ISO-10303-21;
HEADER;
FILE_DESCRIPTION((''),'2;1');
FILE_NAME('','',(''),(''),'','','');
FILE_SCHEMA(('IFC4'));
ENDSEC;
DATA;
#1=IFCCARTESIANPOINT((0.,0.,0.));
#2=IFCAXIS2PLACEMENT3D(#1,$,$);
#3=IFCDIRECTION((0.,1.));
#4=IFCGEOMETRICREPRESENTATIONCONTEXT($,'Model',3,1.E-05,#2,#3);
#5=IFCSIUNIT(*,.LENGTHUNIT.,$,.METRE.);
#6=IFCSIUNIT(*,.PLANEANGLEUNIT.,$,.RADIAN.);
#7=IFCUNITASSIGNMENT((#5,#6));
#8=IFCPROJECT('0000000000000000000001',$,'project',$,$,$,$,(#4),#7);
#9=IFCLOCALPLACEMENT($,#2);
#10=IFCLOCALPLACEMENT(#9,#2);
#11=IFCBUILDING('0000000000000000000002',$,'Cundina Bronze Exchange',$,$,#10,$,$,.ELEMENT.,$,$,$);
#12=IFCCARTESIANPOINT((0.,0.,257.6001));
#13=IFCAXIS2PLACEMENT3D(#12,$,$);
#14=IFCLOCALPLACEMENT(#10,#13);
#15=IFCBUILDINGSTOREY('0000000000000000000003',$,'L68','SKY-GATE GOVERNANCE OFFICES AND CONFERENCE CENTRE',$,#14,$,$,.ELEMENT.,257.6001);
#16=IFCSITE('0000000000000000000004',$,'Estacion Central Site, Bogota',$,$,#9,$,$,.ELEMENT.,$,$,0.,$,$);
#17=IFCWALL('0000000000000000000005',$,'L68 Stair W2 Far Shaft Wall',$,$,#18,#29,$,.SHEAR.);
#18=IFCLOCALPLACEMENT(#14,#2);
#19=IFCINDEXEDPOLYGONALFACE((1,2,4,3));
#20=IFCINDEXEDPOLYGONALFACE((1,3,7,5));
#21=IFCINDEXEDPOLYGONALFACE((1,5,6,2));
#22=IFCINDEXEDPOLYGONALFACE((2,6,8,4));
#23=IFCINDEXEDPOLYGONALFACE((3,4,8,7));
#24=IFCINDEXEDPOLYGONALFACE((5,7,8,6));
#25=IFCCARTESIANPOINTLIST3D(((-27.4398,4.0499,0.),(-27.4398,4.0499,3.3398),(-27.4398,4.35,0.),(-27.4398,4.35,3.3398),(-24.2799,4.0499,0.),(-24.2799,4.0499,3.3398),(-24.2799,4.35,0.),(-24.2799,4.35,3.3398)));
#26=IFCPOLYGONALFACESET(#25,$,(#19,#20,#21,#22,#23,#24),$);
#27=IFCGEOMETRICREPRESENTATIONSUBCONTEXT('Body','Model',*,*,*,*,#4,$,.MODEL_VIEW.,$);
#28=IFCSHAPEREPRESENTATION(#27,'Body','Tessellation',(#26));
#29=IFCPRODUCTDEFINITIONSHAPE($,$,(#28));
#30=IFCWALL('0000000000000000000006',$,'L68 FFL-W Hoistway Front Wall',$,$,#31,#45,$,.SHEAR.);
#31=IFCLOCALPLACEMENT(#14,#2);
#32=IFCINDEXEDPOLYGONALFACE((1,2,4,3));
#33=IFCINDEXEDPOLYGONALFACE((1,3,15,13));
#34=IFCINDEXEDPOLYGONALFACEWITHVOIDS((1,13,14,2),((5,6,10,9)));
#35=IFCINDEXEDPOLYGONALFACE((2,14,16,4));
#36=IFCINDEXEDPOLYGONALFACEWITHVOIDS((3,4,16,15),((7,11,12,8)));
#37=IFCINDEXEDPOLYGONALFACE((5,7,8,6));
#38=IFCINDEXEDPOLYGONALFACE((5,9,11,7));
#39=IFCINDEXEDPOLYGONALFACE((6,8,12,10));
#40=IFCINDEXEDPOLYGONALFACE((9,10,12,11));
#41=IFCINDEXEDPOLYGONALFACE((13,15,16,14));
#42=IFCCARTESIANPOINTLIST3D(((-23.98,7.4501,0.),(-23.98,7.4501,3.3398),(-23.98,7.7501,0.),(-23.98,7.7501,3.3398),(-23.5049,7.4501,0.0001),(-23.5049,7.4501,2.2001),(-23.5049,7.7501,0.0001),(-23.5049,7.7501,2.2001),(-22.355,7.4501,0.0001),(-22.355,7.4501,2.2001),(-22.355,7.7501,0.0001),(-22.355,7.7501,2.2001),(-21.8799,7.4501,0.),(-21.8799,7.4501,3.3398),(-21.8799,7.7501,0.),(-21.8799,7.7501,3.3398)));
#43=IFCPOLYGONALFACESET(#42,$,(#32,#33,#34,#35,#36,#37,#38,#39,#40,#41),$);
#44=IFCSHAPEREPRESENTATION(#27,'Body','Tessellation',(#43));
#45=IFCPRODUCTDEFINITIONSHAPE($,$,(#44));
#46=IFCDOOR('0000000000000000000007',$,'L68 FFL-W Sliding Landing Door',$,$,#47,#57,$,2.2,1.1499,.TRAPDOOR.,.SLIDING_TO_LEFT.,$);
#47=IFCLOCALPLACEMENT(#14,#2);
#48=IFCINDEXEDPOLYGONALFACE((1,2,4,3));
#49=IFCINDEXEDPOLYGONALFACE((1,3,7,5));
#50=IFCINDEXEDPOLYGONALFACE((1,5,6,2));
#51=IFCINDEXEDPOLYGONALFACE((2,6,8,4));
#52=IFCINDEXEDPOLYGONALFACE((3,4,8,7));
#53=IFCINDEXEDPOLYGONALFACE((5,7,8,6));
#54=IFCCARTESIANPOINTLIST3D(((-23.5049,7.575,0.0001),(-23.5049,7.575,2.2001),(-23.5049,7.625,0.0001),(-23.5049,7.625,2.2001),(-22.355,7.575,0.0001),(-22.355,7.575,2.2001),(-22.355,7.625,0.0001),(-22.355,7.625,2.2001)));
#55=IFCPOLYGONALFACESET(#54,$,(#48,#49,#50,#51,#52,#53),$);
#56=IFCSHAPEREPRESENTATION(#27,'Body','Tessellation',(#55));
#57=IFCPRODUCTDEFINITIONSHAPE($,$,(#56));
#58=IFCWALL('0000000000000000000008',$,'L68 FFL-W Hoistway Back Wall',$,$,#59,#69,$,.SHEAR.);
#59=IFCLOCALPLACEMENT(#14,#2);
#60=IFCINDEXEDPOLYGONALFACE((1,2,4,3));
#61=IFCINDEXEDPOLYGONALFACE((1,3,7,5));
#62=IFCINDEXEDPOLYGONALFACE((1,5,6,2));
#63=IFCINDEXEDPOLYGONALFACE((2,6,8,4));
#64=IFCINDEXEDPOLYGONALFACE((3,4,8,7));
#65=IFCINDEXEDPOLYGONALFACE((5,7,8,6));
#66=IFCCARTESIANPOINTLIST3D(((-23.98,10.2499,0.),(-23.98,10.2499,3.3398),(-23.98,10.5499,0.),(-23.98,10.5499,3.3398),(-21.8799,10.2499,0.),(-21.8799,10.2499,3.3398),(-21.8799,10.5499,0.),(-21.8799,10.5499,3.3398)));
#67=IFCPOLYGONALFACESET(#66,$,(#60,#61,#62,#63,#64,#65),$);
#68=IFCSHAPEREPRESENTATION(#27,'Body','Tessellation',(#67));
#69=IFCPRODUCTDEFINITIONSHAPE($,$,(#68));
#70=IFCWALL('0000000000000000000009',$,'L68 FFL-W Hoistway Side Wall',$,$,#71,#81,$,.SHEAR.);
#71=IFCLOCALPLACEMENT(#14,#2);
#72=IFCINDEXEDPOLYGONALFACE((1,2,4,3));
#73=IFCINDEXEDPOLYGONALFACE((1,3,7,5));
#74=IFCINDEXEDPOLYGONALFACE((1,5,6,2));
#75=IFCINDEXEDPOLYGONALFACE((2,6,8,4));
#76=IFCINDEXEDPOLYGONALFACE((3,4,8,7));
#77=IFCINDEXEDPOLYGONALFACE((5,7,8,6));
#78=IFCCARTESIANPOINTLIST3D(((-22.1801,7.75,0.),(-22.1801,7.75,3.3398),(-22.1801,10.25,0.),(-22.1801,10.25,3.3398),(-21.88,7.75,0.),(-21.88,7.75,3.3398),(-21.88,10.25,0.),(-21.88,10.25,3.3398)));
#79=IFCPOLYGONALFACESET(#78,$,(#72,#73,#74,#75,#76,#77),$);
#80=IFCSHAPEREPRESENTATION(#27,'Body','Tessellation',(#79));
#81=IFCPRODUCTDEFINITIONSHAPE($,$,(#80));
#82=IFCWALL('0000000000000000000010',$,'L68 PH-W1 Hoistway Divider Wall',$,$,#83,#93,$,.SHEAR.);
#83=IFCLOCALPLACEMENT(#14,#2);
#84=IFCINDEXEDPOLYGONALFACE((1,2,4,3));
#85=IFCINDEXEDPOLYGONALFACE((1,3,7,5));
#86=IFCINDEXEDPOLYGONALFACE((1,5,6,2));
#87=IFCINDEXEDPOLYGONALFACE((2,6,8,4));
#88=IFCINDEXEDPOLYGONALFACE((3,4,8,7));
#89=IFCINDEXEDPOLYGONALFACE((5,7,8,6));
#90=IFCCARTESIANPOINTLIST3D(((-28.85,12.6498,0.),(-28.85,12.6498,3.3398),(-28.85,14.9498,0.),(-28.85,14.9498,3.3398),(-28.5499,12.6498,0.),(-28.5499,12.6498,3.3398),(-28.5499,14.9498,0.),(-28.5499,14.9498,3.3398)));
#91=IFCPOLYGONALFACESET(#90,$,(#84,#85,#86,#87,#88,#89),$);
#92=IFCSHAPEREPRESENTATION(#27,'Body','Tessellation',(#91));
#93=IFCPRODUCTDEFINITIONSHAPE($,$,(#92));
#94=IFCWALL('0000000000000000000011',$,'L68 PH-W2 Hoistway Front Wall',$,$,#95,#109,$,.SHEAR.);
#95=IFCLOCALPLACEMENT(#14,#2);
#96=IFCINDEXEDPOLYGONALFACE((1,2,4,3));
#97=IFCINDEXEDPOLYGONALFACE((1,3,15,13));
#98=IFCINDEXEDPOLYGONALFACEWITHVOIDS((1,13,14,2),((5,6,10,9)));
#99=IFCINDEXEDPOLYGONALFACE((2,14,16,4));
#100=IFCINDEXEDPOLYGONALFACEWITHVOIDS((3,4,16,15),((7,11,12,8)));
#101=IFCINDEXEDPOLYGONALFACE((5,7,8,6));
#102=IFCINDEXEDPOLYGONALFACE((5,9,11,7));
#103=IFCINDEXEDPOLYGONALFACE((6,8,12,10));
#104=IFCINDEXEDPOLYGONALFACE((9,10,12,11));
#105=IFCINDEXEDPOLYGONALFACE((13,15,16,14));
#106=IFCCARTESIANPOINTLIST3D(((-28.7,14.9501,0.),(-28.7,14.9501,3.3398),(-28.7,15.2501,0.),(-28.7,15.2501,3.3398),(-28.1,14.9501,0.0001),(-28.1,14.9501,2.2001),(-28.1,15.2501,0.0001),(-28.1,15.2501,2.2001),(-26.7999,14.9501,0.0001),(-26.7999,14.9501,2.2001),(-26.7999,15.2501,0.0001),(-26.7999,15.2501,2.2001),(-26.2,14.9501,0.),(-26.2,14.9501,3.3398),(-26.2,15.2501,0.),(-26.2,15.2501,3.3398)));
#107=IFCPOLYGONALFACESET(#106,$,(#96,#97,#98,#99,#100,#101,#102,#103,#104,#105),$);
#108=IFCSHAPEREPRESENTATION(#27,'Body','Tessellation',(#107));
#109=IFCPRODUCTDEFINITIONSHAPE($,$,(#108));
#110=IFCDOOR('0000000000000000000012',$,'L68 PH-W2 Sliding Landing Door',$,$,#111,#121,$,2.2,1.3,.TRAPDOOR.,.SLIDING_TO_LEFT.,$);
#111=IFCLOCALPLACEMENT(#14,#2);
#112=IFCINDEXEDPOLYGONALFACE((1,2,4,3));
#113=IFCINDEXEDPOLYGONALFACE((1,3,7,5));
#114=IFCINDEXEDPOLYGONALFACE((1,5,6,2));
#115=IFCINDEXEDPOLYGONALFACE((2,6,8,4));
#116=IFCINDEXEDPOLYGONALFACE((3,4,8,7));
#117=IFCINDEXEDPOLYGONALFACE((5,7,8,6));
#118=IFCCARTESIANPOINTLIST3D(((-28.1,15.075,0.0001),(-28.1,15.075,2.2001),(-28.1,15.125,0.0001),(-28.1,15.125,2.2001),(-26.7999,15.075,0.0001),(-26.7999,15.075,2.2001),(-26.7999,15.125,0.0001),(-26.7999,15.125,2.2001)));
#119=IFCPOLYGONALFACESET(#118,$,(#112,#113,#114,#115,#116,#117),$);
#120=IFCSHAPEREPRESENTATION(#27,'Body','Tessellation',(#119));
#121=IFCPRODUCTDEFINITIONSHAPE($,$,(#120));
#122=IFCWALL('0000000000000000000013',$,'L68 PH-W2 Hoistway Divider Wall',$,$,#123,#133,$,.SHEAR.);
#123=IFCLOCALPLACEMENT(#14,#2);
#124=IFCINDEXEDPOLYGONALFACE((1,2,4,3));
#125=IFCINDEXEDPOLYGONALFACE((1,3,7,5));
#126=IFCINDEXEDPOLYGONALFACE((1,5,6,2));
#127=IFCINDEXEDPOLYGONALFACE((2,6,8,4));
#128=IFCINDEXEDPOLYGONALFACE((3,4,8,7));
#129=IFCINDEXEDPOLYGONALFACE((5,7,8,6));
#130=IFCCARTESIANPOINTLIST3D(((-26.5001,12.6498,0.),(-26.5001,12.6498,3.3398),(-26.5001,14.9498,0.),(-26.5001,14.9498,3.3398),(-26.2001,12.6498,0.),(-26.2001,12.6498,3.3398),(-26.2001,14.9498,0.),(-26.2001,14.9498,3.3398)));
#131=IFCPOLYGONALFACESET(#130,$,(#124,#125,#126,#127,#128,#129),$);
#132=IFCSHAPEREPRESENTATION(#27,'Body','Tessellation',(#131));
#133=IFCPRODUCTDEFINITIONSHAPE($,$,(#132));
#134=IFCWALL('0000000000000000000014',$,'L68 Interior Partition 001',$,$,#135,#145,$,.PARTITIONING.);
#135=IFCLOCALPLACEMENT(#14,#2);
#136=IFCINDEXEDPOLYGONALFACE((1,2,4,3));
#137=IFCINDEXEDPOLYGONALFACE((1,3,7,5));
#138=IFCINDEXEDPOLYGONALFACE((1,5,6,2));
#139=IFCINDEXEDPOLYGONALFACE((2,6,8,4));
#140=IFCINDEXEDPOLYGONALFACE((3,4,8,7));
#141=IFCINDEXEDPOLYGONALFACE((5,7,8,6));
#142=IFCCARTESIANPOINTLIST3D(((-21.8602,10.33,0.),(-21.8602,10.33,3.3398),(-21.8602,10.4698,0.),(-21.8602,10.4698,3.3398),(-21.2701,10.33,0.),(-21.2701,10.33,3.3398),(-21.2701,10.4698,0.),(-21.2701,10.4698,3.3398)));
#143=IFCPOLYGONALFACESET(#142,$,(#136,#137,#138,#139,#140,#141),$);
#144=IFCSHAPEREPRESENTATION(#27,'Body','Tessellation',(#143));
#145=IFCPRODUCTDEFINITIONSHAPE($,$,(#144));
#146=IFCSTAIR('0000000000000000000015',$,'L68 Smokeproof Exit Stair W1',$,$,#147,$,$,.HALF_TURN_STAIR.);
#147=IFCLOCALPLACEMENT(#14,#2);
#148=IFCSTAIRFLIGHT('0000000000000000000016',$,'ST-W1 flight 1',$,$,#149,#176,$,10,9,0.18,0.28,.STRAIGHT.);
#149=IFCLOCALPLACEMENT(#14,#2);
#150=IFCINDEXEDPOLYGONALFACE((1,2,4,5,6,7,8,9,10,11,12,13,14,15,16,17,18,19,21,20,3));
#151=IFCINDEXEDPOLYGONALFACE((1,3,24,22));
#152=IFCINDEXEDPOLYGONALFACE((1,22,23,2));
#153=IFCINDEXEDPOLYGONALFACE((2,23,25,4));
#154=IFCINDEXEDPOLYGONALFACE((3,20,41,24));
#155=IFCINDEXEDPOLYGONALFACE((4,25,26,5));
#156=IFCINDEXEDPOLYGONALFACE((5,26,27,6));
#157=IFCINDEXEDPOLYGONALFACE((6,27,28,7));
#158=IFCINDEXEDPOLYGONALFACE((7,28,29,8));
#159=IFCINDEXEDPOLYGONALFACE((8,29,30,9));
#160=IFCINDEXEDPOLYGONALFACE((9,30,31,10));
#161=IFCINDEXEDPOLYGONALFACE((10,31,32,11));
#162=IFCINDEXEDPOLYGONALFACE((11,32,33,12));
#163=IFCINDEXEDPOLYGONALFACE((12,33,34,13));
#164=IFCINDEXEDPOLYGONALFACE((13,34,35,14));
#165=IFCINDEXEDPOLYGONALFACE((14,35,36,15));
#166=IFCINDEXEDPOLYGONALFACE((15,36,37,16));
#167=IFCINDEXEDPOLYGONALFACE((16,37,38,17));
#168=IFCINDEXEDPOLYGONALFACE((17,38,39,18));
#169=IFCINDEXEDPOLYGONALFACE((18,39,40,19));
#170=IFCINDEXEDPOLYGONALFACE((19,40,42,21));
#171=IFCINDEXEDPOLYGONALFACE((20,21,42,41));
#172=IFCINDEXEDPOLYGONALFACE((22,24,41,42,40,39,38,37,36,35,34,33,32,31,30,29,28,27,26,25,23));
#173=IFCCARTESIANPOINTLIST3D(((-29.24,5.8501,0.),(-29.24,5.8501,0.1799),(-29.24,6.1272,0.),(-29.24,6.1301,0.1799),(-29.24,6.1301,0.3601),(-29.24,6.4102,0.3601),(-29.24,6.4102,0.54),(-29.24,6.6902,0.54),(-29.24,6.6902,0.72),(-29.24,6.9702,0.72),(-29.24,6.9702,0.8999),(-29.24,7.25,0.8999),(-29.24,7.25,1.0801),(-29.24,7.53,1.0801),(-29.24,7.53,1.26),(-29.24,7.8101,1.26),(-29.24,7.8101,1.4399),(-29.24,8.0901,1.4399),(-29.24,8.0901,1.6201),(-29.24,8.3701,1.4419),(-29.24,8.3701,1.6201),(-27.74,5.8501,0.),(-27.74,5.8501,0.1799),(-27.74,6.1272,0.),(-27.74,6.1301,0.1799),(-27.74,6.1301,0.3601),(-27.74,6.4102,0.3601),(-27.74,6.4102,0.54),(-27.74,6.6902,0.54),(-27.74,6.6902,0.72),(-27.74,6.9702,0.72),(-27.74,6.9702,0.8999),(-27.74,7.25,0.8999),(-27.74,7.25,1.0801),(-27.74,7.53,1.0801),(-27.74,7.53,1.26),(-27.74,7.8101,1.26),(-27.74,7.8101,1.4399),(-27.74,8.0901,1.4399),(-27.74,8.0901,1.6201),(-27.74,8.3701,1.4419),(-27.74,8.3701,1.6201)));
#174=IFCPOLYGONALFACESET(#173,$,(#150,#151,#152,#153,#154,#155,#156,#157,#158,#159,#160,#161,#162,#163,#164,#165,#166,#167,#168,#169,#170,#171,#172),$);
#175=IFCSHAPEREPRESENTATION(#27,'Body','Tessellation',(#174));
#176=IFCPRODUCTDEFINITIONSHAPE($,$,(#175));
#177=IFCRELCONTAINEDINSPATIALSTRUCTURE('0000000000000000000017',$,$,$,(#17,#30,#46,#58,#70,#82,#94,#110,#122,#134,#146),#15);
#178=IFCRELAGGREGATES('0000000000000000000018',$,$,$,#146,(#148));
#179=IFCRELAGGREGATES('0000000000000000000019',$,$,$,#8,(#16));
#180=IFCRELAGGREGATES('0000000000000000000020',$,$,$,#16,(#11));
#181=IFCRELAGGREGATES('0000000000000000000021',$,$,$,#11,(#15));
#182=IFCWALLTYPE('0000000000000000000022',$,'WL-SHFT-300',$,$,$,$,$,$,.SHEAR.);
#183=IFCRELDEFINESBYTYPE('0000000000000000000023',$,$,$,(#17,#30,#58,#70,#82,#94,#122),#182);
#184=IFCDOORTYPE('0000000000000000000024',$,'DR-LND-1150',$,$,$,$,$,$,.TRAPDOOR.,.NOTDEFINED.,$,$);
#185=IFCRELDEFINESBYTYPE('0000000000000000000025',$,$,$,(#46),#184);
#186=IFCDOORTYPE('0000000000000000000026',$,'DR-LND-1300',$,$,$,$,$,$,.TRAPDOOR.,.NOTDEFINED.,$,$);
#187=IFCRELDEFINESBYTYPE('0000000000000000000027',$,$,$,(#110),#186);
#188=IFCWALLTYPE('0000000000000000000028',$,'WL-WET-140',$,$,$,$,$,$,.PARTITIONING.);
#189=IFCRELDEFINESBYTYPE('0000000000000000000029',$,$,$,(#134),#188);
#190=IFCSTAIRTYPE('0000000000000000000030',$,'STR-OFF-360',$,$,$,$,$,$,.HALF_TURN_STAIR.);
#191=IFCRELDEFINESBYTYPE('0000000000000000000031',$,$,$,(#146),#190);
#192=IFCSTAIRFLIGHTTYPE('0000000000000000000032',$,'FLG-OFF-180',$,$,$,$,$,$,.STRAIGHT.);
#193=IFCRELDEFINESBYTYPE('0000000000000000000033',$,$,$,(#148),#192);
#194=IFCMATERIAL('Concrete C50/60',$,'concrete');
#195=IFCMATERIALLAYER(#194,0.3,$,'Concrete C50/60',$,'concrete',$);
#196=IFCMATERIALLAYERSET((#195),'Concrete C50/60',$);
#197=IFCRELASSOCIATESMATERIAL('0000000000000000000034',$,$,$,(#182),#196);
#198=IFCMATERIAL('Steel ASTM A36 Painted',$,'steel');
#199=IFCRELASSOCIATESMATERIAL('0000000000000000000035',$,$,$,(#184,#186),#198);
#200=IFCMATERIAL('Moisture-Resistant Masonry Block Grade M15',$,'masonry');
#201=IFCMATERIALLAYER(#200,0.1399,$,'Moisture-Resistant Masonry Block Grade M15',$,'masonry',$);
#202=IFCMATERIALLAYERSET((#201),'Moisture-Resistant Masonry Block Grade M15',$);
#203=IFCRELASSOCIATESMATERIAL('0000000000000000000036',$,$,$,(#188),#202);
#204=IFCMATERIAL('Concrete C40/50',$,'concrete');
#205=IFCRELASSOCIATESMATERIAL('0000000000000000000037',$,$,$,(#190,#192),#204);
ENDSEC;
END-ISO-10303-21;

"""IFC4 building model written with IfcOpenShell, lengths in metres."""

from ifc_helpers import new_model, si_unit, direction, frame, frame_2d, origin, place, context, subcontext, project, spatial, polyline, rectangle, outline, extrude, material, layer, layer_set, type_object, element, fill, aggregate, save


model = new_model("IFC4")

# Units and contexts
model_context = context("Model", 3, precision=1e-05, world=origin(), true_north=direction((0.0, 1.0)))
body_context = subcontext(model_context, "Body", "Model", "MODEL_VIEW")
ifc_project = project(units=[si_unit("LENGTHUNIT", "METRE"), si_unit("PLANEANGLEUNIT", "RADIAN")], contexts=[model_context])

# Site, building, storey
site_placement = place(None, origin())
site = spatial("IfcSite", under=ifc_project, at=site_placement, Name="Estacion Central Site, Bogota", CompositionType="ELEMENT", RefElevation=0.0)
building_placement = place(site_placement, origin())
building = spatial("IfcBuilding", under=site, at=building_placement, Name="Cundina Bronze Exchange", CompositionType="ELEMENT")
storey_placement = place(building_placement, frame((0.0, 0.0, 257.6001)))
storey = spatial("IfcBuildingStorey", under=building, at=storey_placement, Name="L68", Description="SKY-GATE GOVERNANCE OFFICES AND CONFERENCE CENTRE", CompositionType="ELEMENT", Elevation=257.6001)

# Shared definitions
ifc_material_1 = material(Name="Concrete C50/60", Category="concrete")

# Shared definitions
ifc_layer_1 = layer(ifc_material_1, 0.3, Name="Concrete C50/60", Category="concrete")
ifc_layer_set_1 = layer_set([ifc_layer_1], Name="Concrete C50/60")
wall_type_1 = type_object("IfcWallType", Name="WL-SHFT-300", PredefinedType="SHEAR", material=ifc_layer_set_1)
ifc_material_2 = material(Name="Steel ASTM A36 Painted", Category="steel")

# Wall
wall_1_placement = place(storey_placement, frame((-27.4399, 4.2, 0.0), z_axis=(0.0, 0.0, 1.0), x_axis=(1.0, 0.0, 0.0)))
element("IfcWall", 1, at=wall_1_placement, inside=storey, type_object=wall_type_1, Name="L68 Stair W2 Far Shaft Wall", PredefinedType="SHEAR", context=body_context, shape_type="SweptSolid", body=[
    extrude(rectangle(XDim=3.1599, YDim=0.3, at=frame_2d((1.5801, 0.0))), origin(), (0.0, 0.0, 1.0), 3.3398),
])

# Wall, opening, door
wall_2_placement = place(storey_placement, frame((-23.98, 7.6001, 0.0), z_axis=(0.0, 0.0, 1.0), x_axis=(1.0, 0.0, 0.0)))
wall_2 = element("IfcWall", 2, at=wall_2_placement, inside=storey, type_object=wall_type_1, Name="L68 FFL-W Hoistway Front Wall", PredefinedType="SHEAR", context=body_context, shape_type="SweptSolid", body=[
    extrude(rectangle(XDim=2.1001, YDim=0.3, at=frame_2d((1.05, 0.0))), origin(), (0.0, 0.0, 1.0), 3.3398),
])
opening_1_placement = place(wall_2_placement, frame((0.4751, 0.0, 0.0)))
opening_1 = element("IfcOpeningElement", 3, at=opening_1_placement, cuts=wall_2, PredefinedType="OPENING", context=body_context, shape_type="SweptSolid", body=[
    extrude(rectangle(XDim=1.1499, YDim=2.2, at=frame_2d((0.575, 1.1001))), frame((0.0, 0.1599, 0.0), z_axis=(0.0, -1.0, 0.0), x_axis=(1.0, 0.0, 0.0)), (0.0, 0.0, 1.0), 0.3201),
])
door_type_1 = type_object("IfcDoorType", Name="DR-LND-1150", OperationType="NOTDEFINED", PredefinedType="TRAPDOOR", material=ifc_material_2)
door_1_placement = place(opening_1_placement, origin())
door_1 = element("IfcDoor", 4, at=door_1_placement, inside=storey, type_object=door_type_1, Name="L68 FFL-W Sliding Landing Door", OperationType="SLIDING_TO_LEFT", OverallHeight=2.2, OverallWidth=1.1499, PredefinedType="TRAPDOOR", context=body_context, shape_type="SweptSolid", body=[
    extrude(rectangle(XDim=1.1499, YDim=2.2, at=frame_2d((0.575, 1.1001))), frame((0.0, 0.0249, 0.0), z_axis=(0.0, -1.0, 0.0), x_axis=(1.0, 0.0, 0.0)), (0.0, 0.0, 1.0), 0.05),
])
fill(opening_1, door_1)

# Walls
wall_3_placement = place(storey_placement, frame((-23.98, 10.3999, 0.0), z_axis=(0.0, 0.0, 1.0), x_axis=(1.0, 0.0, 0.0)))
element("IfcWall", 5, at=wall_3_placement, inside=storey, type_object=wall_type_1, Name="L68 FFL-W Hoistway Back Wall", PredefinedType="SHEAR", context=body_context, shape_type="SweptSolid", body=[
    extrude(rectangle(XDim=2.1001, YDim=0.3, at=frame_2d((1.05, 0.0))), origin(), (0.0, 0.0, 1.0), 3.3398),
])
wall_4_placement = place(storey_placement, frame((-22.03, 7.75, 0.0), z_axis=(0.0, 0.0, 1.0), x_axis=(0.0, 1.0, 0.0)))
element("IfcWall", 6, at=wall_4_placement, inside=storey, type_object=wall_type_1, Name="L68 FFL-W Hoistway Side Wall", PredefinedType="SHEAR", context=body_context, shape_type="SweptSolid", body=[
    extrude(rectangle(XDim=2.5, YDim=0.3, at=frame_2d((1.25, 0.0))), origin(), (0.0, 0.0, 1.0), 3.3398),
])
wall_5_placement = place(storey_placement, frame((-28.7, 12.6499, 0.0), z_axis=(0.0, 0.0, 1.0), x_axis=(0.0, 1.0, 0.0)))
element("IfcWall", 7, at=wall_5_placement, inside=storey, type_object=wall_type_1, Name="L68 PH-W1 Hoistway Divider Wall", PredefinedType="SHEAR", context=body_context, shape_type="SweptSolid", body=[
    extrude(rectangle(XDim=2.3, YDim=0.3, at=frame_2d((1.1499, 0.0))), origin(), (0.0, 0.0, 1.0), 3.3398),
])

# Wall, opening, door
wall_6_placement = place(storey_placement, frame((-28.7, 15.1001, 0.0), z_axis=(0.0, 0.0, 1.0), x_axis=(1.0, 0.0, 0.0)))
wall_6 = element("IfcWall", 8, at=wall_6_placement, inside=storey, type_object=wall_type_1, Name="L68 PH-W2 Hoistway Front Wall", PredefinedType="SHEAR", context=body_context, shape_type="SweptSolid", body=[
    extrude(rectangle(XDim=2.5, YDim=0.3, at=frame_2d((1.25, 0.0))), origin(), (0.0, 0.0, 1.0), 3.3398),
])
opening_2_placement = place(wall_6_placement, frame((0.6001, 0.0, 0.0)))
opening_2 = element("IfcOpeningElement", 9, at=opening_2_placement, cuts=wall_6, PredefinedType="OPENING", context=body_context, shape_type="SweptSolid", body=[
    extrude(rectangle(XDim=1.3, YDim=2.2, at=frame_2d((0.6499, 1.1001))), frame((0.0, 0.1599, 0.0), z_axis=(0.0, -1.0, 0.0), x_axis=(1.0, 0.0, 0.0)), (0.0, 0.0, 1.0), 0.3201),
])
door_type_2 = type_object("IfcDoorType", Name="DR-LND-1300", OperationType="NOTDEFINED", PredefinedType="TRAPDOOR", material=ifc_material_2)
door_2_placement = place(opening_2_placement, origin())
door_2 = element("IfcDoor", 10, at=door_2_placement, inside=storey, type_object=door_type_2, Name="L68 PH-W2 Sliding Landing Door", OperationType="SLIDING_TO_LEFT", OverallHeight=2.2, OverallWidth=1.3, PredefinedType="TRAPDOOR", context=body_context, shape_type="SweptSolid", body=[
    extrude(rectangle(XDim=1.3, YDim=2.2, at=frame_2d((0.6499, 1.1001))), frame((0.0, 0.0249, 0.0), z_axis=(0.0, -1.0, 0.0), x_axis=(1.0, 0.0, 0.0)), (0.0, 0.0, 1.0), 0.05),
])
fill(opening_2, door_2)

# Walls
wall_7_placement = place(storey_placement, frame((-26.3501, 12.6499, 0.0), z_axis=(0.0, 0.0, 1.0), x_axis=(0.0, 1.0, 0.0)))
element("IfcWall", 11, at=wall_7_placement, inside=storey, type_object=wall_type_1, Name="L68 PH-W2 Hoistway Divider Wall", PredefinedType="SHEAR", context=body_context, shape_type="SweptSolid", body=[
    extrude(rectangle(XDim=2.3, YDim=0.3, at=frame_2d((1.1499, 0.0))), origin(), (0.0, 0.0, 1.0), 3.3398),
])
ifc_material_3 = material(Name="Moisture-Resistant Masonry Block Grade M15", Category="masonry")
ifc_layer_2 = layer(ifc_material_3, 0.1399, Name="Moisture-Resistant Masonry Block Grade M15", Category="masonry")
ifc_layer_set_2 = layer_set([ifc_layer_2], Name="Moisture-Resistant Masonry Block Grade M15")
wall_type_2 = type_object("IfcWallType", Name="WL-WET-140", PredefinedType="PARTITIONING", material=ifc_layer_set_2)
wall_8_placement = place(storey_placement, frame((-21.8601, 10.3999, 0.0), z_axis=(0.0, 0.0, 1.0), x_axis=(1.0, 0.0, 0.0)))
element("IfcWall", 12, at=wall_8_placement, inside=storey, type_object=wall_type_2, Name="L68 Interior Partition 001", PredefinedType="PARTITIONING", context=body_context, shape_type="SweptSolid", body=[
    extrude(rectangle(XDim=0.5901, YDim=0.1399, at=frame_2d((0.2949, 0.0))), origin(), (0.0, 0.0, 1.0), 3.3398),
])

# Stair, stair flight
ifc_material_4 = material(Name="Concrete C40/50", Category="concrete")
stair_type = type_object("IfcStairType", Name="STR-OFF-360", PredefinedType="HALF_TURN_STAIR", material=ifc_material_4)
stair_1_placement = place(storey_placement, origin())
stair_1 = element("IfcStair", 13, at=stair_1_placement, inside=storey, type_object=stair_type, Name="L68 Smokeproof Exit Stair W1", PredefinedType="HALF_TURN_STAIR")
stair_flight_type = type_object("IfcStairFlightType", Name="FLG-OFF-180", PredefinedType="STRAIGHT", material=ifc_material_4)
stair_flight_1_placement = place(storey_placement, frame((-28.49, 5.8501, 0.0), z_axis=(0.0, 0.0, 1.0), x_axis=(0.0, 1.0, 0.0)))
stair_flight_1 = element("IfcStairFlight", 14, at=stair_flight_1_placement, type_object=stair_flight_type, Name="ST-W1 flight 1", NumberOfRisers=10, NumberOfTreads=9, PredefinedType="STRAIGHT", RiserHeight=0.18, TreadLength=0.28, context=body_context, shape_type="SweptSolid", body=[
    extrude(outline(polyline([(0.0, 0.0), (0.0, 0.1799), (0.28, 0.1799), (0.28, 0.3601), (0.5601, 0.3601), (0.5601, 0.54), (0.8401, 0.54), (0.8401, 0.72), (1.1201, 0.72), (1.1201, 0.8999), (1.3999, 0.8999), (1.3999, 1.0801), (1.6799, 1.0801), (1.6799, 1.26), (1.96, 1.26), (1.96, 1.4399), (2.24, 1.4399), (2.24, 1.6201), (2.52, 1.6201), (2.52, 1.8), (2.52, 1.4419), (0.2771, 0.0), (0.0, 0.0)])), frame((0.0, 0.75, 0.0), z_axis=(0.0, -1.0, 0.0), x_axis=(1.0, 0.0, 0.0)), (0.0, 0.0, 1.0), 1.5),
])
aggregate(stair_1, [stair_flight_1])

save(model, "model.ifc")
